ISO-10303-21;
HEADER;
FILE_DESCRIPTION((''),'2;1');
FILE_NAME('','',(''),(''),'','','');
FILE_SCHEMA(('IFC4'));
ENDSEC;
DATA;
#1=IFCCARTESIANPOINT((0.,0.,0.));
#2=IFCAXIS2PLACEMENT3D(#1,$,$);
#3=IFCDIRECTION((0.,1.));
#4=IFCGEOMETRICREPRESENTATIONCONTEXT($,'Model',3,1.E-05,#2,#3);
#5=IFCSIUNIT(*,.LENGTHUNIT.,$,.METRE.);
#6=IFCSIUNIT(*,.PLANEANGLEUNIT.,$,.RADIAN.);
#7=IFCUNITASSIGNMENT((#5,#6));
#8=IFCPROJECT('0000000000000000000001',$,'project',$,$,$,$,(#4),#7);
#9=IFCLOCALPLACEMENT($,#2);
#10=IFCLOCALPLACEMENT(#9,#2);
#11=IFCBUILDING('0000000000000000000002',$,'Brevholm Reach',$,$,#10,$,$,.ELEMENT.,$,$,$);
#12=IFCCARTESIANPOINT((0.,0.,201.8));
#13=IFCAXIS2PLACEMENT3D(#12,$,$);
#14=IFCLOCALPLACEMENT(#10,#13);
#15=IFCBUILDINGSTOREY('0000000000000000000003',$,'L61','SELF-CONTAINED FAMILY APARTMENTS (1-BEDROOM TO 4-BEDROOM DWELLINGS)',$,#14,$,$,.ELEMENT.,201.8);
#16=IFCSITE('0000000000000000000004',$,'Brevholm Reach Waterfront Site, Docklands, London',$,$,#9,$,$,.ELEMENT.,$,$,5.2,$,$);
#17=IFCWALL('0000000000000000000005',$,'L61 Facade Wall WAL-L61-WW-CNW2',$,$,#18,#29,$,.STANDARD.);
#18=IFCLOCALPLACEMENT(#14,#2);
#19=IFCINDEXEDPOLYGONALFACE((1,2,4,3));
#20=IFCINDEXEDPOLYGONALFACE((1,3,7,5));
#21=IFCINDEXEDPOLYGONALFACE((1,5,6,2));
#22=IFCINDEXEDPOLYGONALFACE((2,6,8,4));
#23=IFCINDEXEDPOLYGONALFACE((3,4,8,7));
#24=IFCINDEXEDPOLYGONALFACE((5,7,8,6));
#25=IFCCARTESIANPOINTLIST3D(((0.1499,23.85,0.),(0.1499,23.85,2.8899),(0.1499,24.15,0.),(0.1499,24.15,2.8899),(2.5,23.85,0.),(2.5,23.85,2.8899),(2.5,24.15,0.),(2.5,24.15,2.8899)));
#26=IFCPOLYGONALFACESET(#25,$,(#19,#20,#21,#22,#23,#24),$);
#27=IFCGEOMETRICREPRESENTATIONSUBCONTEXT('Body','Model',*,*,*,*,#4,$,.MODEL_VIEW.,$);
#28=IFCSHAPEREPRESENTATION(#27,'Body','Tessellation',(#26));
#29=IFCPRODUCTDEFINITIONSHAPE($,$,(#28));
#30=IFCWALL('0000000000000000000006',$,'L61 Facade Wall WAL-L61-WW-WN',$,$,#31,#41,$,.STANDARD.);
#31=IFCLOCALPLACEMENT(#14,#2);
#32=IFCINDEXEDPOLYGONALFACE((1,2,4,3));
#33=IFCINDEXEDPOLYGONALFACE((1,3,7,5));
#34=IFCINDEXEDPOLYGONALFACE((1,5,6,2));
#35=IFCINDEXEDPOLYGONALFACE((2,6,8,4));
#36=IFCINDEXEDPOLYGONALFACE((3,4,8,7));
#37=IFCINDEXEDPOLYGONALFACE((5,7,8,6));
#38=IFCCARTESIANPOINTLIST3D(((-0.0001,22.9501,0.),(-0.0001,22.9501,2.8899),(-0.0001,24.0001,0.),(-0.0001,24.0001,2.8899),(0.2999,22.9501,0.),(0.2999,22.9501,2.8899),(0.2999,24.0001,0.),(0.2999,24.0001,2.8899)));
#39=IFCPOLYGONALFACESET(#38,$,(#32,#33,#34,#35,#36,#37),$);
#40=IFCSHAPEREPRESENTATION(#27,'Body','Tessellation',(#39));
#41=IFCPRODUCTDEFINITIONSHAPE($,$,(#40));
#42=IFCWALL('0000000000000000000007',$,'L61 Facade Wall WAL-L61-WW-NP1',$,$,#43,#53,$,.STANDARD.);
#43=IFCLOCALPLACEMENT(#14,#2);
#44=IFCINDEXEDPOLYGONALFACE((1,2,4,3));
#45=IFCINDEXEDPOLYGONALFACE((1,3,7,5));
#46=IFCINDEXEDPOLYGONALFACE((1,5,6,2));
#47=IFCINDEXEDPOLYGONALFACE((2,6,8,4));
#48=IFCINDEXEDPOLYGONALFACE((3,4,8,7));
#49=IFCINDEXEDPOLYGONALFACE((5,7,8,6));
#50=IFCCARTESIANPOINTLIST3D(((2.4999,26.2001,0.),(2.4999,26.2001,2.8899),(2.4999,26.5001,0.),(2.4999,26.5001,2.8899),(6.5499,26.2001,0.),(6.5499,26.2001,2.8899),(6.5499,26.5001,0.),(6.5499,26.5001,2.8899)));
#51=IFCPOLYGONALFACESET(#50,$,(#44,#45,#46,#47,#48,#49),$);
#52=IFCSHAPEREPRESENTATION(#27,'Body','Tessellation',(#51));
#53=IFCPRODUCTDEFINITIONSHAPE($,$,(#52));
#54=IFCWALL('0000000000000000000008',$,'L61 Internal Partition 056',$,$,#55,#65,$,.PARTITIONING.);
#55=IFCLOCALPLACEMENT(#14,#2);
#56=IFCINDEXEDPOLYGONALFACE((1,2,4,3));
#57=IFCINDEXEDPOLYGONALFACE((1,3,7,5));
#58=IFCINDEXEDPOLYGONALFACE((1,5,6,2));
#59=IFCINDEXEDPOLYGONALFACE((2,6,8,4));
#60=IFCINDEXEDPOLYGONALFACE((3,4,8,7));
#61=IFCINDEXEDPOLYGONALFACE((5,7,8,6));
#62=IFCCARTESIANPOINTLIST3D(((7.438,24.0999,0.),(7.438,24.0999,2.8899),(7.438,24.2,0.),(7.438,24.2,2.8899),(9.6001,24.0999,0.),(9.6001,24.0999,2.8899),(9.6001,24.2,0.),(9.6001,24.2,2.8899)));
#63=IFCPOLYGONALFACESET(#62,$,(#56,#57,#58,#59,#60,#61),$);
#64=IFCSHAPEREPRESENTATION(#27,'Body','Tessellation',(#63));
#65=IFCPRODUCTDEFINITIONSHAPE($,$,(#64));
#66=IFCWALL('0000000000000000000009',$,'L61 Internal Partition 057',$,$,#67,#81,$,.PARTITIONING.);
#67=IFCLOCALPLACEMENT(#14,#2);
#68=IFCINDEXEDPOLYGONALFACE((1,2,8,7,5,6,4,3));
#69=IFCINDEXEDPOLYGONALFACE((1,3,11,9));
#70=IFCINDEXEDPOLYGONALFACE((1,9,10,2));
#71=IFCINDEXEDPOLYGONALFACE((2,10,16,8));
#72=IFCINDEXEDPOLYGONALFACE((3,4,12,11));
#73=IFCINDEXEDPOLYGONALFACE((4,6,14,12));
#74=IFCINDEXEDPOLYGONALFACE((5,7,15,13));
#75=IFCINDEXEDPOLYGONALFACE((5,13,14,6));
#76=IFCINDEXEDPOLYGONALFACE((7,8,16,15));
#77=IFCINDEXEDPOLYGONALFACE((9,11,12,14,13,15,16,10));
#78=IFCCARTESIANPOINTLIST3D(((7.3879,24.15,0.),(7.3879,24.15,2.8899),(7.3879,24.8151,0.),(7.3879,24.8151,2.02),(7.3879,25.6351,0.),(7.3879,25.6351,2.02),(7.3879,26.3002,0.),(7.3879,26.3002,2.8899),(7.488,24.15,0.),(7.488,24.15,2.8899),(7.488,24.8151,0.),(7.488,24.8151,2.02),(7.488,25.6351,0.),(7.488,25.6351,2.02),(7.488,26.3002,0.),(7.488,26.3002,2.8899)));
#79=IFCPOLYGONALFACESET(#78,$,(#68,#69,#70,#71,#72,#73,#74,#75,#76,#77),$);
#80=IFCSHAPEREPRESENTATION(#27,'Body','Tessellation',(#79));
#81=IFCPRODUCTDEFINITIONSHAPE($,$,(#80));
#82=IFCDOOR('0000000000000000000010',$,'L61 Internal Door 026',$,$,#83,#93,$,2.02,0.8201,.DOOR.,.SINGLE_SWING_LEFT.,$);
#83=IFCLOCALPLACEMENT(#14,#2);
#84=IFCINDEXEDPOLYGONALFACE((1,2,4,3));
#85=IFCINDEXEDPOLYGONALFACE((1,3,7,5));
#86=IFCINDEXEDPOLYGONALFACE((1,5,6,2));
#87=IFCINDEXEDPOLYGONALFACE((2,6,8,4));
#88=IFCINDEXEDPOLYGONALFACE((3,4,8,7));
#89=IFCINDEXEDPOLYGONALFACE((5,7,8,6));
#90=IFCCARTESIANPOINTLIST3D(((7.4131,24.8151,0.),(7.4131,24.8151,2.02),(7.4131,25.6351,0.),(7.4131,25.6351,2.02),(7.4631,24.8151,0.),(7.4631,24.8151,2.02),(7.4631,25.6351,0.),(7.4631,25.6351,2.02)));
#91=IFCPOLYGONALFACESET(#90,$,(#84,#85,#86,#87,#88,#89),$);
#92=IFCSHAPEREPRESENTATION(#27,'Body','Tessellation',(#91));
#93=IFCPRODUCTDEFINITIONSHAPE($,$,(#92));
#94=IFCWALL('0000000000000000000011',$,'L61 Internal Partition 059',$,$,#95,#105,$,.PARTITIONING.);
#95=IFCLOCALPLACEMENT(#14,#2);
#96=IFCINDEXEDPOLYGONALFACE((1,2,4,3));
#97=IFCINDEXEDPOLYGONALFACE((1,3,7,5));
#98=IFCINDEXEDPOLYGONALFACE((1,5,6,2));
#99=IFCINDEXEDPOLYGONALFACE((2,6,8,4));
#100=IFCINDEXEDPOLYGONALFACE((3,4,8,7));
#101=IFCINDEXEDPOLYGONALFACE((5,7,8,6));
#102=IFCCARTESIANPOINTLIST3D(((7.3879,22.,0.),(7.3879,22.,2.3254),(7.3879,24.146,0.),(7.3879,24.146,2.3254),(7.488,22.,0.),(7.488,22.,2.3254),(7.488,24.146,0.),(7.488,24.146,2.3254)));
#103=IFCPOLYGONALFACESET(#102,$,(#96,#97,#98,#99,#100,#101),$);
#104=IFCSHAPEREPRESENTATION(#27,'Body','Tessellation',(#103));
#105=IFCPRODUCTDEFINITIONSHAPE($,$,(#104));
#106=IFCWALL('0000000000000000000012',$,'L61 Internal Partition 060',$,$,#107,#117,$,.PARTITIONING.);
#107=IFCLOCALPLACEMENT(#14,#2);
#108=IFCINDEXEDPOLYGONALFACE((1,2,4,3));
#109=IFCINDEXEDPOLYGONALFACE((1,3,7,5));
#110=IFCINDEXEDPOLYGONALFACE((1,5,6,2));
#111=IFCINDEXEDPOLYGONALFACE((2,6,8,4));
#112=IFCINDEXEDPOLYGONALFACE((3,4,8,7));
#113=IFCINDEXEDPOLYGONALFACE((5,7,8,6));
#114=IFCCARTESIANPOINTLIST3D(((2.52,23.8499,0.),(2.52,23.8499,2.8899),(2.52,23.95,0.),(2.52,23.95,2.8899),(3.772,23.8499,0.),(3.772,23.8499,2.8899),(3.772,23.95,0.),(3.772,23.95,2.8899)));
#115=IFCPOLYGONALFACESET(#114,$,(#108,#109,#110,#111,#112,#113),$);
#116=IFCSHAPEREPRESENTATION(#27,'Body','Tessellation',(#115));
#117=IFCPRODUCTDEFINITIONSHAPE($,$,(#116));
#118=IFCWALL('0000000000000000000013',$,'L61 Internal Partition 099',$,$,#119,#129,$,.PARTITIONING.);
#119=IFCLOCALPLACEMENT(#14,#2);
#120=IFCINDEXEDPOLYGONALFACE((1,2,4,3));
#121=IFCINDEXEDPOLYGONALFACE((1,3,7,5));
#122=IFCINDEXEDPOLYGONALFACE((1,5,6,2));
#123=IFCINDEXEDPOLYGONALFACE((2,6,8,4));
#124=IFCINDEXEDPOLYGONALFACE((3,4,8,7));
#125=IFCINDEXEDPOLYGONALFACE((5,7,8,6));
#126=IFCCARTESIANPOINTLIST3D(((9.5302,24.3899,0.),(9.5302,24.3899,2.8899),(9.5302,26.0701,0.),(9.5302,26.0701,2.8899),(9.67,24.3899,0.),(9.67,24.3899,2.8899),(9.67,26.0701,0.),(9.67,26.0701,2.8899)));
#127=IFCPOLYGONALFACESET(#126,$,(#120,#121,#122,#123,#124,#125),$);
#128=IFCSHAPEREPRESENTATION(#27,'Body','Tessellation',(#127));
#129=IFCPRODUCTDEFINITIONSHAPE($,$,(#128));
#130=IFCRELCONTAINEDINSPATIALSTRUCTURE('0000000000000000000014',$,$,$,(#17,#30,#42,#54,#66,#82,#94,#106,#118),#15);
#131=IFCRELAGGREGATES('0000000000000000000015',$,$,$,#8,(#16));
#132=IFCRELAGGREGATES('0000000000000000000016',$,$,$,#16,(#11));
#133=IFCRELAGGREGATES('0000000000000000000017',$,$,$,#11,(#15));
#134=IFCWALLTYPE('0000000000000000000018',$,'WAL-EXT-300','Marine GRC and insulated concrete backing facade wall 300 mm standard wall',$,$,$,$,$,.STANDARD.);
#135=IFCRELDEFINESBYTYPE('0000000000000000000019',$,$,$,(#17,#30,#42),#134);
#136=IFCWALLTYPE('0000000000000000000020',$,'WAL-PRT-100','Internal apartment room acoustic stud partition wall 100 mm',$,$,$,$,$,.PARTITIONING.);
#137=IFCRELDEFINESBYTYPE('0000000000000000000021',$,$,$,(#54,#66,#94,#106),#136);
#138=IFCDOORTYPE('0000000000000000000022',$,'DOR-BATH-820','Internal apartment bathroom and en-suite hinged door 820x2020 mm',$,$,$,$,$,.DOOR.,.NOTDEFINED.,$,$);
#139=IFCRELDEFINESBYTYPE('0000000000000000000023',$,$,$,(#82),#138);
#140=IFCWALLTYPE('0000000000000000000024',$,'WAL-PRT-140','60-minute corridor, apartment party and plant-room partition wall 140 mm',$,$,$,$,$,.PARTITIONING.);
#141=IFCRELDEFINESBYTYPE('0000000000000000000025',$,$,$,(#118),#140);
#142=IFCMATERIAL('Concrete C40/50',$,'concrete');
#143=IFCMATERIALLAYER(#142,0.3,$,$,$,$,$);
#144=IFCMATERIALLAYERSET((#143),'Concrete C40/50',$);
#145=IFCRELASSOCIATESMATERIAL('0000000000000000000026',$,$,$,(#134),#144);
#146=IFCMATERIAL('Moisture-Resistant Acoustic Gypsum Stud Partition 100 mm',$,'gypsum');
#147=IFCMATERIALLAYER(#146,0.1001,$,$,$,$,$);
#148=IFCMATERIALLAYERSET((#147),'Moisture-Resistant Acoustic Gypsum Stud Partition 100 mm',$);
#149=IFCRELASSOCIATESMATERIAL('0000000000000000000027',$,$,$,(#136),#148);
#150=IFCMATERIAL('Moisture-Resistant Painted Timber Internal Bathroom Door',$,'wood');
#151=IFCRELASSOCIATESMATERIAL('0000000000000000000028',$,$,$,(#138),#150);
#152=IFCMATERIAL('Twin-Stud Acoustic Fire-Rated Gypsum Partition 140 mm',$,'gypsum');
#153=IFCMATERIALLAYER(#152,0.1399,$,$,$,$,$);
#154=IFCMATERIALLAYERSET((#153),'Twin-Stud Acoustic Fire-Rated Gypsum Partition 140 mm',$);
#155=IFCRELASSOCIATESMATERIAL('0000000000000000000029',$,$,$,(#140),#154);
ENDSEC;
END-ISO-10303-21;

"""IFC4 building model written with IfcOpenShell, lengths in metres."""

from ifc_helpers import new_model, si_unit, direction, frame, frame_2d, origin, place, context, subcontext, project, spatial, rectangle, extrude, material, layer, layer_set, type_object, element, fill, save


model = new_model("IFC4")

# Units and contexts
model_context = context("Model", 3, precision=1e-05, world=origin(), true_north=direction((0.0, 1.0)))
body_context = subcontext(model_context, "Body", "Model", "MODEL_VIEW")
ifc_project = project(units=[si_unit("LENGTHUNIT", "METRE"), si_unit("PLANEANGLEUNIT", "RADIAN")], contexts=[model_context])

# Site, building, storey
site_placement = place(None, origin())
site = spatial("IfcSite", under=ifc_project, at=site_placement, Name="Brevholm Reach Waterfront Site, Docklands, London", CompositionType="ELEMENT", RefElevation=5.2)
building_placement = place(site_placement, origin())
building = spatial("IfcBuilding", under=site, at=building_placement, Name="Brevholm Reach", CompositionType="ELEMENT")
storey_placement = place(building_placement, frame((0.0, 0.0, 201.8)))
storey = spatial("IfcBuildingStorey", under=building, at=storey_placement, Name="L61", Description="SELF-CONTAINED FAMILY APARTMENTS (1-BEDROOM TO 4-BEDROOM DWELLINGS)", CompositionType="ELEMENT", Elevation=201.8)

# Walls
ifc_material_1 = material(Name="Concrete C40/50", Category="concrete")
ifc_layer_1 = layer(ifc_material_1, 0.3)
ifc_layer_set_1 = layer_set([ifc_layer_1], Name="Concrete C40/50")
wall_type_1 = type_object("IfcWallType", Name="WAL-EXT-300", Description="Marine GRC and insulated concrete backing facade wall 300 mm standard wall", PredefinedType="STANDARD", material=ifc_layer_set_1)
for number, where, z_axis, x_axis, name in (
    (1, (2.5, 24.0, 0.0), (0.0, 0.0, 1.0), (-1.0, 0.0, 0.0), "L61 Facade Wall WAL-L61-WW-CNW2"),
):
    element("IfcWall", number, at=place(storey_placement, frame(where, z_axis=z_axis, x_axis=x_axis)), inside=storey, type_object=wall_type_1, Name=name, PredefinedType="STANDARD", context=body_context, shape_type="SweptSolid", body=[
        extrude(rectangle(XDim=2.3501, YDim=0.3, at=frame_2d((1.175, 0.0))), origin(), (0.0, 0.0, 1.0), 2.8899),
    ])
wall_1_placement = place(storey_placement, frame((0.1499, 24.0, 0.0), z_axis=(0.0, 0.0, 1.0), x_axis=(0.0, -1.0, 0.0)))
element("IfcWall", 2, at=wall_1_placement, inside=storey, type_object=wall_type_1, Name="L61 Facade Wall WAL-L61-WW-WN", PredefinedType="STANDARD", context=body_context, shape_type="SweptSolid", body=[
    extrude(rectangle(XDim=1.05, YDim=0.3, at=frame_2d((0.5249, 0.0))), origin(), (0.0, 0.0, 1.0), 2.8899),
])
wall_2_placement = place(storey_placement, frame((2.5, 26.3501, 0.0), z_axis=(0.0, 0.0, 1.0), x_axis=(1.0, 0.0, 0.0)))
element("IfcWall", 3, at=wall_2_placement, inside=storey, type_object=wall_type_1, Name="L61 Facade Wall WAL-L61-WW-NP1", PredefinedType="STANDARD", context=body_context, shape_type="SweptSolid", body=[
    extrude(rectangle(XDim=4.05, YDim=0.3, at=frame_2d((2.0249, 0.0))), origin(), (0.0, 0.0, 1.0), 2.8899),
])
ifc_material_2 = material(Name="Moisture-Resistant Acoustic Gypsum Stud Partition 100 mm", Category="gypsum")
ifc_layer_2 = layer(ifc_material_2, 0.1001)
ifc_layer_set_2 = layer_set([ifc_layer_2], Name="Moisture-Resistant Acoustic Gypsum Stud Partition 100 mm")
wall_type_2 = type_object("IfcWallType", Name="WAL-PRT-100", Description="Internal apartment room acoustic stud partition wall 100 mm", PredefinedType="PARTITIONING", material=ifc_layer_set_2)
wall_3_placement = place(storey_placement, frame((7.438, 24.1499, 0.0), z_axis=(0.0, 0.0, 1.0), x_axis=(1.0, 0.0, 0.0)))
element("IfcWall", 4, at=wall_3_placement, inside=storey, type_object=wall_type_2, Name="L61 Internal Partition 056", PredefinedType="PARTITIONING", context=body_context, shape_type="SweptSolid", body=[
    extrude(rectangle(XDim=2.1621, YDim=0.1001, at=frame_2d((1.0811, 0.0))), origin(), (0.0, 0.0, 1.0), 2.8899),
])

# Wall, opening, door
wall_4_placement = place(storey_placement, frame((7.438, 24.1499, 0.0), z_axis=(0.0, 0.0, 1.0), x_axis=(0.0, 1.0, 0.0)))
wall_4 = element("IfcWall", 5, at=wall_4_placement, inside=storey, type_object=wall_type_2, Name="L61 Internal Partition 057", PredefinedType="PARTITIONING", context=body_context, shape_type="SweptSolid", body=[
    extrude(rectangle(XDim=2.1501, YDim=0.1001, at=frame_2d((1.0752, 0.0))), origin(), (0.0, 0.0, 1.0), 2.8899),
])
opening_placement = place(wall_4_placement, frame((0.665, 0.0, 0.0)))
opening = element("IfcOpeningElement", 6, at=opening_placement, cuts=wall_4, PredefinedType="OPENING", context=body_context, shape_type="SweptSolid", body=[
    extrude(rectangle(XDim=0.8201, YDim=2.02, at=frame_2d((0.4102, 1.01))), frame((0.0, 0.0601, 0.0), z_axis=(0.0, -1.0, 0.0), x_axis=(1.0, 0.0, 0.0)), (0.0, 0.0, 1.0), 0.1201),
])
ifc_material_3 = material(Name="Moisture-Resistant Painted Timber Internal Bathroom Door", Category="wood")
door_type = type_object("IfcDoorType", Name="DOR-BATH-820", Description="Internal apartment bathroom and en-suite hinged door 820x2020 mm", OperationType="NOTDEFINED", PredefinedType="DOOR", material=ifc_material_3)
door_placement = place(opening_placement, origin())
door = element("IfcDoor", 7, at=door_placement, inside=storey, type_object=door_type, Name="L61 Internal Door 026", OperationType="SINGLE_SWING_LEFT", OverallHeight=2.02, OverallWidth=0.8201, PredefinedType="DOOR", context=body_context, shape_type="SweptSolid", body=[
    extrude(rectangle(XDim=0.8201, YDim=2.02, at=frame_2d((0.4102, 1.01))), frame((0.0, 0.0249, 0.0), z_axis=(0.0, -1.0, 0.0), x_axis=(1.0, 0.0, 0.0)), (0.0, 0.0, 1.0), 0.05),
])
fill(opening, door)

# Walls
wall_5_placement = place(storey_placement, frame((7.438, 22.0, 0.0), z_axis=(0.0, 0.0, 1.0), x_axis=(0.0, 1.0, 0.0)))
element("IfcWall", 8, at=wall_5_placement, inside=storey, type_object=wall_type_2, Name="L61 Internal Partition 059", PredefinedType="PARTITIONING", context=body_context, shape_type="SweptSolid", body=[
    extrude(rectangle(XDim=2.146, YDim=0.1001, at=frame_2d((1.073, 0.0))), origin(), (0.0, 0.0, 1.0), 2.3254),
])
wall_6_placement = place(storey_placement, frame((2.52, 23.8999, 0.0), z_axis=(0.0, 0.0, 1.0), x_axis=(1.0, 0.0, 0.0)))
element("IfcWall", 9, at=wall_6_placement, inside=storey, type_object=wall_type_2, Name="L61 Internal Partition 060", PredefinedType="PARTITIONING", context=body_context, shape_type="SweptSolid", body=[
    extrude(rectangle(XDim=1.252, YDim=0.1001, at=frame_2d((0.626, 0.0))), origin(), (0.0, 0.0, 1.0), 2.8899),
])
ifc_material_4 = material(Name="Twin-Stud Acoustic Fire-Rated Gypsum Partition 140 mm", Category="gypsum")
ifc_layer_3 = layer(ifc_material_4, 0.1399)
ifc_layer_set_3 = layer_set([ifc_layer_3], Name="Twin-Stud Acoustic Fire-Rated Gypsum Partition 140 mm")
wall_type_3 = type_object("IfcWallType", Name="WAL-PRT-140", Description="60-minute corridor, apartment party and plant-room partition wall 140 mm", PredefinedType="PARTITIONING", material=ifc_layer_set_3)
wall_7_placement = place(storey_placement, frame((9.6001, 24.3899, 0.0), z_axis=(0.0, 0.0, 1.0), x_axis=(0.0, 1.0, 0.0)))
element("IfcWall", 10, at=wall_7_placement, inside=storey, type_object=wall_type_3, Name="L61 Internal Partition 099", PredefinedType="PARTITIONING", context=body_context, shape_type="SweptSolid", body=[
    extrude(rectangle(XDim=1.6802, YDim=0.1399, at=frame_2d((0.8401, 0.0))), origin(), (0.0, 0.0, 1.0), 2.8899),
])

save(model, "model.ifc")
